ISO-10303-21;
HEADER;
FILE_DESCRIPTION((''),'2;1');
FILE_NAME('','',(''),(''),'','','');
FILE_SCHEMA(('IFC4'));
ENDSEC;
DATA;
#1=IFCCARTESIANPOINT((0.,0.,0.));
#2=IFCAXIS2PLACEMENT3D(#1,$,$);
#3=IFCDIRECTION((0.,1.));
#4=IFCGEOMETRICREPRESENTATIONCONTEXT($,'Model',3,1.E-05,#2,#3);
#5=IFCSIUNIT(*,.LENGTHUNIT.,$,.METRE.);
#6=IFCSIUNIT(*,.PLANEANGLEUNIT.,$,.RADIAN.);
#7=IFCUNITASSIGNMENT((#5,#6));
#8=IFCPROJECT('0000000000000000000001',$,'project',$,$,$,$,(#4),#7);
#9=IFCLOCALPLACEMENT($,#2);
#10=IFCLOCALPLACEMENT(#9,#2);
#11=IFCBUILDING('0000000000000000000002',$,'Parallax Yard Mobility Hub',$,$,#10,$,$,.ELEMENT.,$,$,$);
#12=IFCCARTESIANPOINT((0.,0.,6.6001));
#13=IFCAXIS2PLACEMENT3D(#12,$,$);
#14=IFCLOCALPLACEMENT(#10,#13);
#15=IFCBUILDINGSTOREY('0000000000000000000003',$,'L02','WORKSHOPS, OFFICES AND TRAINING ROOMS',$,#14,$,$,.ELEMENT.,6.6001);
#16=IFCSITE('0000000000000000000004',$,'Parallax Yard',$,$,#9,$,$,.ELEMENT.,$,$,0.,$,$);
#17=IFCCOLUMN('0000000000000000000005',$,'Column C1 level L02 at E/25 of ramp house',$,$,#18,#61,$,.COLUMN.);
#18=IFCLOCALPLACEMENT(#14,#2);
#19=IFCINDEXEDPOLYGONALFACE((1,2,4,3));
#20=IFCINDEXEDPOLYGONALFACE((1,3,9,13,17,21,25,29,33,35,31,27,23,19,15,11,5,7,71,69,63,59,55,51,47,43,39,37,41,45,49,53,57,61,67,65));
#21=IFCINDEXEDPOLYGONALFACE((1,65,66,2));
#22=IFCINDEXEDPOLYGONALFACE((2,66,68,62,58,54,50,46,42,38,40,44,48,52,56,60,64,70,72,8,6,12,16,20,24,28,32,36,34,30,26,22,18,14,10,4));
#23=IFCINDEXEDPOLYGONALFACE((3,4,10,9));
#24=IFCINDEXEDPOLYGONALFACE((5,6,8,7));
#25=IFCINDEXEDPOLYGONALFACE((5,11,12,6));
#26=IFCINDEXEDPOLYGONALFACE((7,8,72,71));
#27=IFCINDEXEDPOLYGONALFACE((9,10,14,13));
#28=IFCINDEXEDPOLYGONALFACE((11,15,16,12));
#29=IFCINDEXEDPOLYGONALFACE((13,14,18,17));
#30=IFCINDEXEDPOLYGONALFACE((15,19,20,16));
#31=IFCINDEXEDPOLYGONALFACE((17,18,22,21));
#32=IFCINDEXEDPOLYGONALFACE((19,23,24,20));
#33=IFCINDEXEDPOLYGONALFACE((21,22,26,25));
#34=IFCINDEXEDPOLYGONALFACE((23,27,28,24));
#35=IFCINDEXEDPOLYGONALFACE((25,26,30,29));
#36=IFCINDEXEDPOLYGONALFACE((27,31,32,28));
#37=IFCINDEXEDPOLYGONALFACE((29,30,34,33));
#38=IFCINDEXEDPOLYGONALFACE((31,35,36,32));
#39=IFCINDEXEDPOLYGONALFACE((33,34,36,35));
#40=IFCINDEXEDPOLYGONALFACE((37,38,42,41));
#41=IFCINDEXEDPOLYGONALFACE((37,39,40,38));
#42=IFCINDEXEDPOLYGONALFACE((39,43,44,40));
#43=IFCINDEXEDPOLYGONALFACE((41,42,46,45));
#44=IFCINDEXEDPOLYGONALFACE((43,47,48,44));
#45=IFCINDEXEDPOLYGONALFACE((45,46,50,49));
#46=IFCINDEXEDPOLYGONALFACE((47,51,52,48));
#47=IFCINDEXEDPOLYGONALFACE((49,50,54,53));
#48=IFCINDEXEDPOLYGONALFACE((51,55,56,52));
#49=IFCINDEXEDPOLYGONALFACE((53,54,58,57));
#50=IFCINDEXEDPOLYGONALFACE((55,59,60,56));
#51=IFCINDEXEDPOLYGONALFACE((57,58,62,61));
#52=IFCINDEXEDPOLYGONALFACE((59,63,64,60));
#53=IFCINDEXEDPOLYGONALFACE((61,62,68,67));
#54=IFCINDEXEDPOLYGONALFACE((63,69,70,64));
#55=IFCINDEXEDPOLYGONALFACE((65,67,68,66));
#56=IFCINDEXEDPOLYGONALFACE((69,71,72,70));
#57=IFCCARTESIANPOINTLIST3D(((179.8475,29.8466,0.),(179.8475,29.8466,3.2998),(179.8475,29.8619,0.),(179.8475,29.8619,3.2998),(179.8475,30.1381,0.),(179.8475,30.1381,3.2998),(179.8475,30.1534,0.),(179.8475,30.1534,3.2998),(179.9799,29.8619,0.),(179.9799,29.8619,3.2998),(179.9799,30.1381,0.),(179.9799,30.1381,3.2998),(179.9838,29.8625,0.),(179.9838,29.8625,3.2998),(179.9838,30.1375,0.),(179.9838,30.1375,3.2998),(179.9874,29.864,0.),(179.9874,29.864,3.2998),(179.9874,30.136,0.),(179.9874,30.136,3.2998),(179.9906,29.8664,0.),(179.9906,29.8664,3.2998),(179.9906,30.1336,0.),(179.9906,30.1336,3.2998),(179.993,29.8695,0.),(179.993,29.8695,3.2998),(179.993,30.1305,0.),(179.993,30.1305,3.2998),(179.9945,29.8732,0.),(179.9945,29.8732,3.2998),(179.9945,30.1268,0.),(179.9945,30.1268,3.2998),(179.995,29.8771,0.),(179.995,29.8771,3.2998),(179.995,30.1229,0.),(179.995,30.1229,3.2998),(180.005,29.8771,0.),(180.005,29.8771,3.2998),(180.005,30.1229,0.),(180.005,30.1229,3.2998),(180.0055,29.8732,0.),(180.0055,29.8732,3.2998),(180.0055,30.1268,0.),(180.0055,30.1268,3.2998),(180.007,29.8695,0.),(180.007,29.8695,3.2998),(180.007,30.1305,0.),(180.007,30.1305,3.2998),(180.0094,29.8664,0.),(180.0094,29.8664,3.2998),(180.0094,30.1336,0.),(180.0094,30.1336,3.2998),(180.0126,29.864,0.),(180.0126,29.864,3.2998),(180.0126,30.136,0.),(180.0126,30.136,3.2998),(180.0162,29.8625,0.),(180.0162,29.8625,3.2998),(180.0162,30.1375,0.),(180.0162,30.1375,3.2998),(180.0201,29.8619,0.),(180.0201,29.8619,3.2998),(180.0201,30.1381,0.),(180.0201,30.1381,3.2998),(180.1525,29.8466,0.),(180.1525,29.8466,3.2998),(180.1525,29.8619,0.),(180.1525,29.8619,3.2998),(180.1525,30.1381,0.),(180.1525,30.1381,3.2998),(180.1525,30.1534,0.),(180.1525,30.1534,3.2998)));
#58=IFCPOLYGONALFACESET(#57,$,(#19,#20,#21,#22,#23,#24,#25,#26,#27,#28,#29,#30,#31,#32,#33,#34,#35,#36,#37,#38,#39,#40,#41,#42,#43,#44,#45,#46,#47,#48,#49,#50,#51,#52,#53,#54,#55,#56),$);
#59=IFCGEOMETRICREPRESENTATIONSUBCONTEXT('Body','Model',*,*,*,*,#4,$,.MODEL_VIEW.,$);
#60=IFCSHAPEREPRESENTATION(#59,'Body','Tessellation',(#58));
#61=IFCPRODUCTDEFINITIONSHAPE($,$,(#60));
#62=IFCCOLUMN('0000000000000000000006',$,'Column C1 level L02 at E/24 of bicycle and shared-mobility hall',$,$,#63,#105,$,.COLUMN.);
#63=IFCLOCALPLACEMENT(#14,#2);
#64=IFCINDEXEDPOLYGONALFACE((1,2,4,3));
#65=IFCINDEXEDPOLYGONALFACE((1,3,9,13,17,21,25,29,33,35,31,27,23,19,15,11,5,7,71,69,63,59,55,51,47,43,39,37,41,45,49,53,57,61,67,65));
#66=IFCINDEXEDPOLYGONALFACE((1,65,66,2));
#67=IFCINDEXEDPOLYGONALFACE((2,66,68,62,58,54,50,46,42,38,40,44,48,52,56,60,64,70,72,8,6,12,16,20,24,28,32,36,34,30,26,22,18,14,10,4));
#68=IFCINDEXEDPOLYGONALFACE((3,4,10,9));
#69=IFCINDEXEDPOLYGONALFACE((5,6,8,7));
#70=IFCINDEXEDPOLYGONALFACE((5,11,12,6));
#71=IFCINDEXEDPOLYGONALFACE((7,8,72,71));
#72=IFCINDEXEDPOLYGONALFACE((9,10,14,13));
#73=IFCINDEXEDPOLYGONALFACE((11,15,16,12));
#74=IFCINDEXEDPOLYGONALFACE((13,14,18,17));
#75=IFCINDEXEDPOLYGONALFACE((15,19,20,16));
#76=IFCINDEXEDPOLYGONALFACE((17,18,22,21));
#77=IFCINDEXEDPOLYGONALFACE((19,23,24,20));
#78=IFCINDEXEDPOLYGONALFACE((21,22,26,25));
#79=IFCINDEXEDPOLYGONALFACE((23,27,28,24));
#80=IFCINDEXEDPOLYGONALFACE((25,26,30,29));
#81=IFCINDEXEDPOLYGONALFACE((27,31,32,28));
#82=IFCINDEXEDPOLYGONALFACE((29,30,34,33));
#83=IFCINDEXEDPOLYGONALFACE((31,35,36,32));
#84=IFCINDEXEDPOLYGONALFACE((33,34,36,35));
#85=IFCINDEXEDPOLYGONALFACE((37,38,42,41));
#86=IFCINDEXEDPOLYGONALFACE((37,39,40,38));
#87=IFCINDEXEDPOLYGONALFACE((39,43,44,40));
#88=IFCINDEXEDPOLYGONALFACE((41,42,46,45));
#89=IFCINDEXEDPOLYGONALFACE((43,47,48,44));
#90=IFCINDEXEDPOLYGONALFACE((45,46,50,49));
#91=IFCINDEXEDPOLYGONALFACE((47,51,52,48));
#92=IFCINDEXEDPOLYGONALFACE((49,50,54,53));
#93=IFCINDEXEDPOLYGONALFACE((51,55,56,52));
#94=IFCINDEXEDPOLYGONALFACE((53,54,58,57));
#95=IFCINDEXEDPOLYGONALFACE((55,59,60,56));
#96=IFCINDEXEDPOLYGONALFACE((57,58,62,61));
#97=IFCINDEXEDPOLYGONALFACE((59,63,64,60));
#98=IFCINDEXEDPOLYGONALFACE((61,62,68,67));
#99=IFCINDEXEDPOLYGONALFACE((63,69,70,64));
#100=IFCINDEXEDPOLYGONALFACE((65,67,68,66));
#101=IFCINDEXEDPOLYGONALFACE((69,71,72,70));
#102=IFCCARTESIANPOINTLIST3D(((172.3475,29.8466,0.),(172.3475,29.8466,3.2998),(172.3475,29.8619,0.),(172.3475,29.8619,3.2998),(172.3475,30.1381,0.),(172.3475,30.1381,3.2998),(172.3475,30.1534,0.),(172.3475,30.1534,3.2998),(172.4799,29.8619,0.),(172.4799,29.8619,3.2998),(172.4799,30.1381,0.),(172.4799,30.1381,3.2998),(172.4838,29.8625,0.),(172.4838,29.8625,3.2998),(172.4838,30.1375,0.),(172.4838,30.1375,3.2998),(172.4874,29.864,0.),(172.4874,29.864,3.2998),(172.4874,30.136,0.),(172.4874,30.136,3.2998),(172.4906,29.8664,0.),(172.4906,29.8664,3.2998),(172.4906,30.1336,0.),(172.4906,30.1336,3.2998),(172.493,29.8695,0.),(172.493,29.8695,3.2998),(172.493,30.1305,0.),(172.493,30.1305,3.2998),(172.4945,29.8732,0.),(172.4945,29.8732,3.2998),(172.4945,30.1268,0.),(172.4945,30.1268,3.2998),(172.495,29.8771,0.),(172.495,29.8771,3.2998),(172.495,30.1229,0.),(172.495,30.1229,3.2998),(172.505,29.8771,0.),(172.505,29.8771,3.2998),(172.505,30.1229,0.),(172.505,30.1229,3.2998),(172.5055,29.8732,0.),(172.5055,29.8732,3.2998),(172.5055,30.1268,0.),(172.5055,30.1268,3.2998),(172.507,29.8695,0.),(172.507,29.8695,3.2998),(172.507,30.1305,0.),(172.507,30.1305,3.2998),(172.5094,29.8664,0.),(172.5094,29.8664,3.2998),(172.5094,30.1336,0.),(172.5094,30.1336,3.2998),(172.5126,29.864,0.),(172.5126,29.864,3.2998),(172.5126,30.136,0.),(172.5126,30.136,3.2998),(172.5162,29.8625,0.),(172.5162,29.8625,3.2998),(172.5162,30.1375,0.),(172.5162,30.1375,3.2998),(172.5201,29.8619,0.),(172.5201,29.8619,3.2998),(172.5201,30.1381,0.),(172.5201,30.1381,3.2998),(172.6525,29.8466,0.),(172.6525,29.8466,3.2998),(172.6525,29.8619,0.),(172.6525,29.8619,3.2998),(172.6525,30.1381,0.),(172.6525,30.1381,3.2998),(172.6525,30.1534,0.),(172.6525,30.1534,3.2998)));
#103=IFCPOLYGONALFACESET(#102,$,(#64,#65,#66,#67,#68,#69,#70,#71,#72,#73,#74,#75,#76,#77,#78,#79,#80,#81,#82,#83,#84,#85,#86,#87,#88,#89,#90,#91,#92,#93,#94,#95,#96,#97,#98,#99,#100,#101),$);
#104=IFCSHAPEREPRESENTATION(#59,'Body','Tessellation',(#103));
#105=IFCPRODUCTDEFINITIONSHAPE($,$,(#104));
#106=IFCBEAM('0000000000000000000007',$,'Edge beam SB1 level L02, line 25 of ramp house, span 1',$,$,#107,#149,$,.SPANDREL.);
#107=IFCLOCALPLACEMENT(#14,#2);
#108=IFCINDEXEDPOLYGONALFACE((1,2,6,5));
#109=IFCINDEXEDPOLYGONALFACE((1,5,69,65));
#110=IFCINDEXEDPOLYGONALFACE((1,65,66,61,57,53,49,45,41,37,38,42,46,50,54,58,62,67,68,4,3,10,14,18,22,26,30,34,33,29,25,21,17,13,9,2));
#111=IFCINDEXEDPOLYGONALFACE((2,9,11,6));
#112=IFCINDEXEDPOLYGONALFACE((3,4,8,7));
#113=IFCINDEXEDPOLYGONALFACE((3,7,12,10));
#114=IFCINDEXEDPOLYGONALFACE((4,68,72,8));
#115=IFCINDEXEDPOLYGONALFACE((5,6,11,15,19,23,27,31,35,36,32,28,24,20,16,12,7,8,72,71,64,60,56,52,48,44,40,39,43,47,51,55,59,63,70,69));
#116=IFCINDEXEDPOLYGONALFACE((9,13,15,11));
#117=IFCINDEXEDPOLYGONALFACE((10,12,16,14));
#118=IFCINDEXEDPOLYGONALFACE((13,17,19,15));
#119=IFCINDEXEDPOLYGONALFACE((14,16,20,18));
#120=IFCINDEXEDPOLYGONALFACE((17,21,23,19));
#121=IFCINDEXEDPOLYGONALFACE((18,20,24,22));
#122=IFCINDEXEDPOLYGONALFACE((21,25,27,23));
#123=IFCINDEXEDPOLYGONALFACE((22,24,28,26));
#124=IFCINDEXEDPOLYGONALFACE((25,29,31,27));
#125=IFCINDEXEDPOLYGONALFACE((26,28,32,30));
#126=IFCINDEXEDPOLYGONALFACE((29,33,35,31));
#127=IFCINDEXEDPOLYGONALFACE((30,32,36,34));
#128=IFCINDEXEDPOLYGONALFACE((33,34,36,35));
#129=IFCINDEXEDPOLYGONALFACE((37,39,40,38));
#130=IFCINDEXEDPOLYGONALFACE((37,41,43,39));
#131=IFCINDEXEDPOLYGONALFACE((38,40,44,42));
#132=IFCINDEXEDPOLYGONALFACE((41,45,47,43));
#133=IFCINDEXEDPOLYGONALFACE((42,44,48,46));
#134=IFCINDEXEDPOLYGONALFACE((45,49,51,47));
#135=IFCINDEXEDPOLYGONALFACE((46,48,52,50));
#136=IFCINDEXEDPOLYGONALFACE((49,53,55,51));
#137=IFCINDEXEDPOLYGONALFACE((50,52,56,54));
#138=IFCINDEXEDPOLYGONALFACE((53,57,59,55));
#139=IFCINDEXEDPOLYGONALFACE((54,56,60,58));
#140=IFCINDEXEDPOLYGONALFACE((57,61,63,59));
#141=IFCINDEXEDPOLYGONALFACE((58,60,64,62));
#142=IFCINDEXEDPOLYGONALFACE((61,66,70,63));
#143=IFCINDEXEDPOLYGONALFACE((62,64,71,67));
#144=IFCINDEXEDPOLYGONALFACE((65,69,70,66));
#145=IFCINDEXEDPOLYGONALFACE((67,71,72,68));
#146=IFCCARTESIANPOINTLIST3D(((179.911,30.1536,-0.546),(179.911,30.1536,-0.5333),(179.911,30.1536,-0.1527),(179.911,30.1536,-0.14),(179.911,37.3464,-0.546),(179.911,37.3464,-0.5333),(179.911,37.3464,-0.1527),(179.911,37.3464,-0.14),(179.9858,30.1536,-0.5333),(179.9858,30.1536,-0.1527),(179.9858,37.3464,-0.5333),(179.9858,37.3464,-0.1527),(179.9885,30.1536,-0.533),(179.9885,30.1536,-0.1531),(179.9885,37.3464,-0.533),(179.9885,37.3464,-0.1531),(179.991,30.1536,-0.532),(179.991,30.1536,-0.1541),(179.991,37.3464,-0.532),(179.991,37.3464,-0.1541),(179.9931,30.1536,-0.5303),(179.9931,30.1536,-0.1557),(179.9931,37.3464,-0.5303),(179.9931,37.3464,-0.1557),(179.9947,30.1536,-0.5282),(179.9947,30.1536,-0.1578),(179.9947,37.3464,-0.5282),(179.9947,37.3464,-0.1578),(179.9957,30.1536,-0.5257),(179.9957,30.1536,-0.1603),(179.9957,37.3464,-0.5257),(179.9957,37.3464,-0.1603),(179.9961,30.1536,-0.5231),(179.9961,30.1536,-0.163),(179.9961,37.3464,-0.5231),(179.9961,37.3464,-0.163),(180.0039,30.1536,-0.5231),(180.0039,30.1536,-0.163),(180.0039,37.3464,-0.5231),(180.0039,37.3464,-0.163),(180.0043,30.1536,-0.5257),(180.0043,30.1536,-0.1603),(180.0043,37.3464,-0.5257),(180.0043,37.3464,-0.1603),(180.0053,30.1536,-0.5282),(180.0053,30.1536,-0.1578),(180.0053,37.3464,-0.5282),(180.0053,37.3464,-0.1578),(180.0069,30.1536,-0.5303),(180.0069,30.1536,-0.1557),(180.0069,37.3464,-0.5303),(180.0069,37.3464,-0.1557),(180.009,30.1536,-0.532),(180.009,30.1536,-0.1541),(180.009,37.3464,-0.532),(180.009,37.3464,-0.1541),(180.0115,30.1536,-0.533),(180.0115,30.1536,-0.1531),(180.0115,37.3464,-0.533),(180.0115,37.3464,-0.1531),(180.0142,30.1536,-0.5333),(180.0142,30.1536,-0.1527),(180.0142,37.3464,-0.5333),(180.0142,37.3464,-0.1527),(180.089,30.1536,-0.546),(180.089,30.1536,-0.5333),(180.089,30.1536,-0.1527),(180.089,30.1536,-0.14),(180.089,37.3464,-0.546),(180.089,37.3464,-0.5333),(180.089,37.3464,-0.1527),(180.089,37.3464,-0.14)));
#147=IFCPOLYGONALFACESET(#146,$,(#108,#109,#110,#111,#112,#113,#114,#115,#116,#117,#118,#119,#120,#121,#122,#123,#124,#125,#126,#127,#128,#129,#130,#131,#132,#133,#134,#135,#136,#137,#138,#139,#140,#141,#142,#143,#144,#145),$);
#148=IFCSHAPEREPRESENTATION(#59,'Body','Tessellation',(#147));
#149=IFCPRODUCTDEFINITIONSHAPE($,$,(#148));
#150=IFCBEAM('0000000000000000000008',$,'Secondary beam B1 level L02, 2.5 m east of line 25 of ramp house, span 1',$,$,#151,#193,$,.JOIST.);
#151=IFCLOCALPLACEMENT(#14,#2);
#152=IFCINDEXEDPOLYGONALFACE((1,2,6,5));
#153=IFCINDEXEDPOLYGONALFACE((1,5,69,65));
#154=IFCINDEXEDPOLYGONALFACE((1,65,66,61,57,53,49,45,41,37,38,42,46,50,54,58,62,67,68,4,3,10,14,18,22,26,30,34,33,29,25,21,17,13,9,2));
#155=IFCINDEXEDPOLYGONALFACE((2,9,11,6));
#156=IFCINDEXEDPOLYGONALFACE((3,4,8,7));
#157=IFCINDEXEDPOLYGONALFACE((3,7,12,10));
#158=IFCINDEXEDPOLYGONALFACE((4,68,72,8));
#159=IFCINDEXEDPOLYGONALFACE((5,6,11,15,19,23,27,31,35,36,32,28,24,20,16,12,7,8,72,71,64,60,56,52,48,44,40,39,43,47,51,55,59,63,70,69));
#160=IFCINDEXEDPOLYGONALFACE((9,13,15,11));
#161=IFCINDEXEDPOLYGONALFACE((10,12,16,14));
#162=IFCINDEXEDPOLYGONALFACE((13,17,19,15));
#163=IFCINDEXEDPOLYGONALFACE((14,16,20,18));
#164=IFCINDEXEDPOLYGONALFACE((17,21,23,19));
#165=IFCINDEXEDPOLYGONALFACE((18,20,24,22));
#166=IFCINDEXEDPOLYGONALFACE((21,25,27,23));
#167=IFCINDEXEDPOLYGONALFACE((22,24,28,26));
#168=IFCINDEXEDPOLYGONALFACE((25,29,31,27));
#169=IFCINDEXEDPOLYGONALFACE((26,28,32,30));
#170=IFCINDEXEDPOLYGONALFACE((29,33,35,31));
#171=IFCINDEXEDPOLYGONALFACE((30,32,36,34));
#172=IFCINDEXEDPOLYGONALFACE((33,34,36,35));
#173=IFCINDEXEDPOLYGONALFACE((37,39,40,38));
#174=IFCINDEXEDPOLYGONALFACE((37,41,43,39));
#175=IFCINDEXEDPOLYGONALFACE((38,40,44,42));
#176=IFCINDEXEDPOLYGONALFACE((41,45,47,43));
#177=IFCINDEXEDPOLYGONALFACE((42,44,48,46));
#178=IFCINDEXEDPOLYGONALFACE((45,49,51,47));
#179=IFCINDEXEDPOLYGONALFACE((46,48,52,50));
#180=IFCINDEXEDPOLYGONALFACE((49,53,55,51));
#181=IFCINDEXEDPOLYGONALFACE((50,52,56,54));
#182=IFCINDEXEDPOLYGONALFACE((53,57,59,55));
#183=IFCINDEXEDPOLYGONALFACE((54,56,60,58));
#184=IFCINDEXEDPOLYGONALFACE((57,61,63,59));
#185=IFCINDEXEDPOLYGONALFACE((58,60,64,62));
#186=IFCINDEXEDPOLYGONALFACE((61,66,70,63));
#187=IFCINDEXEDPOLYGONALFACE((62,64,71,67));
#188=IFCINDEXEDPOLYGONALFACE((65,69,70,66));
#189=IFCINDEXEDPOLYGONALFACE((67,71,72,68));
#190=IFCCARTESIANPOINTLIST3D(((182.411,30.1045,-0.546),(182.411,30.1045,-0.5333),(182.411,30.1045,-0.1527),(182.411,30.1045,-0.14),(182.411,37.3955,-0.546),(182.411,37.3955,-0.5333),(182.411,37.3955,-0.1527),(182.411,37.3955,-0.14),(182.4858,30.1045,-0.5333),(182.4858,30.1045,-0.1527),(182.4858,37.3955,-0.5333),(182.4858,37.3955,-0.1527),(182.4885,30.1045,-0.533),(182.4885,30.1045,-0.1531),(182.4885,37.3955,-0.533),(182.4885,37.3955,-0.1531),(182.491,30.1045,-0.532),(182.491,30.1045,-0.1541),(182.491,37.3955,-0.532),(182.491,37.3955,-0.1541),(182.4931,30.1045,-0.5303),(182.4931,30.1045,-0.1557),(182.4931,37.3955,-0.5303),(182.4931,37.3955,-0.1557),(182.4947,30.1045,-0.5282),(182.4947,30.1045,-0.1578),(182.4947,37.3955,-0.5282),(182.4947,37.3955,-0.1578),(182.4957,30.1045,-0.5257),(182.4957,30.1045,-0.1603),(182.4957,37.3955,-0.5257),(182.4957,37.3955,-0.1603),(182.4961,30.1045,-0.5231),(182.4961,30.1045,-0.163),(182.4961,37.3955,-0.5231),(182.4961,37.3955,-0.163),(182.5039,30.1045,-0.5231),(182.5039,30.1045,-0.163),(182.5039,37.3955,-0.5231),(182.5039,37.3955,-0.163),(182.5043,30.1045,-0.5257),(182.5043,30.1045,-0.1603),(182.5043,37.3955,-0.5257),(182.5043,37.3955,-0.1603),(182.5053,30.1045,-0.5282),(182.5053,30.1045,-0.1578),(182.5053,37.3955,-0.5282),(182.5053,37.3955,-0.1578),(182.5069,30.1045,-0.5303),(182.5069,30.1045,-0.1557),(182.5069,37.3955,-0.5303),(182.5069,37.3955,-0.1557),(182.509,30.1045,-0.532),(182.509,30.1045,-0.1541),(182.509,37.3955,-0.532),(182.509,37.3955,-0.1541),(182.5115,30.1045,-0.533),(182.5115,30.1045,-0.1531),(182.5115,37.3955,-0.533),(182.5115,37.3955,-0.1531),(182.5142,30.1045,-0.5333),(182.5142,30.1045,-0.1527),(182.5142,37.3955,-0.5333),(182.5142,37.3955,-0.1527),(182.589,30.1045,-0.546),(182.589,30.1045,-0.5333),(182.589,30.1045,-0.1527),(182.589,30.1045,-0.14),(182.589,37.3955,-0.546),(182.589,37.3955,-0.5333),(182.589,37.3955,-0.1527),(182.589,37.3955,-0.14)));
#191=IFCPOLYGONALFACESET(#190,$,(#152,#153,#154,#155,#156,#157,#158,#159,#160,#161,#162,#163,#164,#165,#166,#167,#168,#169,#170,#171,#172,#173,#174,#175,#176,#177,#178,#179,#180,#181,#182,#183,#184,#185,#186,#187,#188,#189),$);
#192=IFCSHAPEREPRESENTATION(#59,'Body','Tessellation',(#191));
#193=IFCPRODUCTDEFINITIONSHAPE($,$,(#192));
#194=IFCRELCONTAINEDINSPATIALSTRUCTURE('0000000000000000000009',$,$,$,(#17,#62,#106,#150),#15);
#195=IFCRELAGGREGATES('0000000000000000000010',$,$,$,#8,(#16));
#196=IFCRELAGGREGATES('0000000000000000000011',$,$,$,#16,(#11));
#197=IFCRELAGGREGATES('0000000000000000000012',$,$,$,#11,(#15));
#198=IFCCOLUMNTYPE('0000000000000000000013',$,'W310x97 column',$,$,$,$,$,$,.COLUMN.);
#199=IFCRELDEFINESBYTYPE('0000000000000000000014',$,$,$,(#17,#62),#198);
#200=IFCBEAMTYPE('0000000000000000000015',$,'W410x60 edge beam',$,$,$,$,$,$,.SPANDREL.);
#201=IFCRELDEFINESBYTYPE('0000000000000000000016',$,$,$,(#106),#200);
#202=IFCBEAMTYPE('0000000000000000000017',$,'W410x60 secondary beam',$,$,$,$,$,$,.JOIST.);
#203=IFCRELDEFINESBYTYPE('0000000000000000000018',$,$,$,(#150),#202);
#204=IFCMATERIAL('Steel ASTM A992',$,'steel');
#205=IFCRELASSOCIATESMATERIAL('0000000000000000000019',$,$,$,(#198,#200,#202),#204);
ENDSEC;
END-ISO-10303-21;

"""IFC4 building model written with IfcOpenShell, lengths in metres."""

from ifc_helpers import new_model, si_unit, direction, frame, origin, origin_2d, place, context, subcontext, project, spatial, i_section, extrude, material, material_profile, profile_set, type_object, element, save


model = new_model("IFC4")

# Units and contexts
model_context = context("Model", 3, precision=1e-05, world=origin(), true_north=direction((0.0, 1.0)))
body_context = subcontext(model_context, "Body", "Model", "MODEL_VIEW")
ifc_project = project(units=[si_unit("LENGTHUNIT", "METRE"), si_unit("PLANEANGLEUNIT", "RADIAN")], contexts=[model_context])

# Site, building, storey
site_placement = place(None, origin())
site = spatial("IfcSite", under=ifc_project, at=site_placement, Name="Parallax Yard", CompositionType="ELEMENT", RefElevation=0.0)
building_placement = place(site_placement, origin())
building = spatial("IfcBuilding", under=site, at=building_placement, Name="Parallax Yard Mobility Hub", CompositionType="ELEMENT")
storey_placement = place(building_placement, frame((0.0, 0.0, 6.6001)))
storey = spatial("IfcBuildingStorey", under=building, at=storey_placement, Name="L02", Description="WORKSHOPS, OFFICES AND TRAINING ROOMS", CompositionType="ELEMENT", Elevation=6.6001)

# Columns
ifc_material_1 = material(Name="Steel ASTM A992", Category="steel")
ifc_material_profile_1 = material_profile(ifc_material_1, i_section(OverallWidth=0.3049, OverallDepth=0.3069, WebThickness=0.01, FlangeThickness=0.0154, FilletRadius=0.0151, at=origin_2d()), Name="W310x97")
ifc_profile_set_1 = profile_set([ifc_material_profile_1], Name="Steel ASTM A992")
column_type = type_object("IfcColumnType", Name="W310x97 column", PredefinedType="COLUMN", material=ifc_profile_set_1)
for number, where, z_axis, x_axis, name in (
    (1, (180.0, 30.0, 0.0), (0.0, 0.0, 1.0), (1.0, 0.0, 0.0), "Column C1 level L02 at E/25 of ramp house"),
    (2, (172.5, 30.0, 0.0), (0.0, 0.0, 1.0), (1.0, 0.0, 0.0), "Column C1 level L02 at E/24 of bicycle and shared-mobility hall"),
):
    element("IfcColumn", number, at=place(storey_placement, frame(where, z_axis=z_axis, x_axis=x_axis)), inside=storey, type_object=column_type, Name=name, PredefinedType="COLUMN", context=body_context, shape_type="SweptSolid", body=[
        extrude(i_section(OverallWidth=0.3049, OverallDepth=0.3069, WebThickness=0.01, FlangeThickness=0.0154, FilletRadius=0.0151, at=origin_2d()), origin(), (0.0, 0.0, 1.0), 3.2998),
    ])

# Beams
ifc_material_profile_2 = material_profile(ifc_material_1, i_section(OverallWidth=0.178, OverallDepth=0.406, WebThickness=0.0078, FlangeThickness=0.0127, FilletRadius=0.0103, at=origin_2d()), Name="W410x60")
ifc_profile_set_2 = profile_set([ifc_material_profile_2], Name="Steel ASTM A992")
beam_type_1 = type_object("IfcBeamType", Name="W410x60 edge beam", PredefinedType="SPANDREL", material=ifc_profile_set_2)
beam_1_placement = place(storey_placement, frame((180.0, 30.1536, -0.343), z_axis=(0.0, 1.0, 0.0), x_axis=(-1.0, 0.0, 0.0)))
element("IfcBeam", 3, at=beam_1_placement, inside=storey, type_object=beam_type_1, Name="Edge beam SB1 level L02, line 25 of ramp house, span 1", PredefinedType="SPANDREL", context=body_context, shape_type="SweptSolid", body=[
    extrude(i_section(OverallWidth=0.178, OverallDepth=0.406, WebThickness=0.0078, FlangeThickness=0.0127, FilletRadius=0.0103, at=origin_2d()), origin(), (0.0, 0.0, 1.0), 7.1929),
])
ifc_material_profile_3 = material_profile(ifc_material_1, i_section(OverallWidth=0.178, OverallDepth=0.406, WebThickness=0.0078, FlangeThickness=0.0127, FilletRadius=0.0103, at=origin_2d()), Name="W410x60")
ifc_profile_set_3 = profile_set([ifc_material_profile_3], Name="Steel ASTM A992")
beam_type_2 = type_object("IfcBeamType", Name="W410x60 secondary beam", PredefinedType="JOIST", material=ifc_profile_set_3)
for number, where, z_axis, x_axis, name in (
    (4, (182.5, 30.1045, -0.343), (0.0, 1.0, 0.0), (-1.0, 0.0, 0.0), "Secondary beam B1 level L02, 2.5 m east of line 25 of ramp house, span 1"),
):
    element("IfcBeam", number, at=place(storey_placement, frame(where, z_axis=z_axis, x_axis=x_axis)), inside=storey, type_object=beam_type_2, Name=name, PredefinedType="JOIST", context=body_context, shape_type="SweptSolid", body=[
        extrude(i_section(OverallWidth=0.178, OverallDepth=0.406, WebThickness=0.0078, FlangeThickness=0.0127, FilletRadius=0.0103, at=origin_2d()), origin(), (0.0, 0.0, 1.0), 7.291),
    ])

save(model, "model.ifc")
